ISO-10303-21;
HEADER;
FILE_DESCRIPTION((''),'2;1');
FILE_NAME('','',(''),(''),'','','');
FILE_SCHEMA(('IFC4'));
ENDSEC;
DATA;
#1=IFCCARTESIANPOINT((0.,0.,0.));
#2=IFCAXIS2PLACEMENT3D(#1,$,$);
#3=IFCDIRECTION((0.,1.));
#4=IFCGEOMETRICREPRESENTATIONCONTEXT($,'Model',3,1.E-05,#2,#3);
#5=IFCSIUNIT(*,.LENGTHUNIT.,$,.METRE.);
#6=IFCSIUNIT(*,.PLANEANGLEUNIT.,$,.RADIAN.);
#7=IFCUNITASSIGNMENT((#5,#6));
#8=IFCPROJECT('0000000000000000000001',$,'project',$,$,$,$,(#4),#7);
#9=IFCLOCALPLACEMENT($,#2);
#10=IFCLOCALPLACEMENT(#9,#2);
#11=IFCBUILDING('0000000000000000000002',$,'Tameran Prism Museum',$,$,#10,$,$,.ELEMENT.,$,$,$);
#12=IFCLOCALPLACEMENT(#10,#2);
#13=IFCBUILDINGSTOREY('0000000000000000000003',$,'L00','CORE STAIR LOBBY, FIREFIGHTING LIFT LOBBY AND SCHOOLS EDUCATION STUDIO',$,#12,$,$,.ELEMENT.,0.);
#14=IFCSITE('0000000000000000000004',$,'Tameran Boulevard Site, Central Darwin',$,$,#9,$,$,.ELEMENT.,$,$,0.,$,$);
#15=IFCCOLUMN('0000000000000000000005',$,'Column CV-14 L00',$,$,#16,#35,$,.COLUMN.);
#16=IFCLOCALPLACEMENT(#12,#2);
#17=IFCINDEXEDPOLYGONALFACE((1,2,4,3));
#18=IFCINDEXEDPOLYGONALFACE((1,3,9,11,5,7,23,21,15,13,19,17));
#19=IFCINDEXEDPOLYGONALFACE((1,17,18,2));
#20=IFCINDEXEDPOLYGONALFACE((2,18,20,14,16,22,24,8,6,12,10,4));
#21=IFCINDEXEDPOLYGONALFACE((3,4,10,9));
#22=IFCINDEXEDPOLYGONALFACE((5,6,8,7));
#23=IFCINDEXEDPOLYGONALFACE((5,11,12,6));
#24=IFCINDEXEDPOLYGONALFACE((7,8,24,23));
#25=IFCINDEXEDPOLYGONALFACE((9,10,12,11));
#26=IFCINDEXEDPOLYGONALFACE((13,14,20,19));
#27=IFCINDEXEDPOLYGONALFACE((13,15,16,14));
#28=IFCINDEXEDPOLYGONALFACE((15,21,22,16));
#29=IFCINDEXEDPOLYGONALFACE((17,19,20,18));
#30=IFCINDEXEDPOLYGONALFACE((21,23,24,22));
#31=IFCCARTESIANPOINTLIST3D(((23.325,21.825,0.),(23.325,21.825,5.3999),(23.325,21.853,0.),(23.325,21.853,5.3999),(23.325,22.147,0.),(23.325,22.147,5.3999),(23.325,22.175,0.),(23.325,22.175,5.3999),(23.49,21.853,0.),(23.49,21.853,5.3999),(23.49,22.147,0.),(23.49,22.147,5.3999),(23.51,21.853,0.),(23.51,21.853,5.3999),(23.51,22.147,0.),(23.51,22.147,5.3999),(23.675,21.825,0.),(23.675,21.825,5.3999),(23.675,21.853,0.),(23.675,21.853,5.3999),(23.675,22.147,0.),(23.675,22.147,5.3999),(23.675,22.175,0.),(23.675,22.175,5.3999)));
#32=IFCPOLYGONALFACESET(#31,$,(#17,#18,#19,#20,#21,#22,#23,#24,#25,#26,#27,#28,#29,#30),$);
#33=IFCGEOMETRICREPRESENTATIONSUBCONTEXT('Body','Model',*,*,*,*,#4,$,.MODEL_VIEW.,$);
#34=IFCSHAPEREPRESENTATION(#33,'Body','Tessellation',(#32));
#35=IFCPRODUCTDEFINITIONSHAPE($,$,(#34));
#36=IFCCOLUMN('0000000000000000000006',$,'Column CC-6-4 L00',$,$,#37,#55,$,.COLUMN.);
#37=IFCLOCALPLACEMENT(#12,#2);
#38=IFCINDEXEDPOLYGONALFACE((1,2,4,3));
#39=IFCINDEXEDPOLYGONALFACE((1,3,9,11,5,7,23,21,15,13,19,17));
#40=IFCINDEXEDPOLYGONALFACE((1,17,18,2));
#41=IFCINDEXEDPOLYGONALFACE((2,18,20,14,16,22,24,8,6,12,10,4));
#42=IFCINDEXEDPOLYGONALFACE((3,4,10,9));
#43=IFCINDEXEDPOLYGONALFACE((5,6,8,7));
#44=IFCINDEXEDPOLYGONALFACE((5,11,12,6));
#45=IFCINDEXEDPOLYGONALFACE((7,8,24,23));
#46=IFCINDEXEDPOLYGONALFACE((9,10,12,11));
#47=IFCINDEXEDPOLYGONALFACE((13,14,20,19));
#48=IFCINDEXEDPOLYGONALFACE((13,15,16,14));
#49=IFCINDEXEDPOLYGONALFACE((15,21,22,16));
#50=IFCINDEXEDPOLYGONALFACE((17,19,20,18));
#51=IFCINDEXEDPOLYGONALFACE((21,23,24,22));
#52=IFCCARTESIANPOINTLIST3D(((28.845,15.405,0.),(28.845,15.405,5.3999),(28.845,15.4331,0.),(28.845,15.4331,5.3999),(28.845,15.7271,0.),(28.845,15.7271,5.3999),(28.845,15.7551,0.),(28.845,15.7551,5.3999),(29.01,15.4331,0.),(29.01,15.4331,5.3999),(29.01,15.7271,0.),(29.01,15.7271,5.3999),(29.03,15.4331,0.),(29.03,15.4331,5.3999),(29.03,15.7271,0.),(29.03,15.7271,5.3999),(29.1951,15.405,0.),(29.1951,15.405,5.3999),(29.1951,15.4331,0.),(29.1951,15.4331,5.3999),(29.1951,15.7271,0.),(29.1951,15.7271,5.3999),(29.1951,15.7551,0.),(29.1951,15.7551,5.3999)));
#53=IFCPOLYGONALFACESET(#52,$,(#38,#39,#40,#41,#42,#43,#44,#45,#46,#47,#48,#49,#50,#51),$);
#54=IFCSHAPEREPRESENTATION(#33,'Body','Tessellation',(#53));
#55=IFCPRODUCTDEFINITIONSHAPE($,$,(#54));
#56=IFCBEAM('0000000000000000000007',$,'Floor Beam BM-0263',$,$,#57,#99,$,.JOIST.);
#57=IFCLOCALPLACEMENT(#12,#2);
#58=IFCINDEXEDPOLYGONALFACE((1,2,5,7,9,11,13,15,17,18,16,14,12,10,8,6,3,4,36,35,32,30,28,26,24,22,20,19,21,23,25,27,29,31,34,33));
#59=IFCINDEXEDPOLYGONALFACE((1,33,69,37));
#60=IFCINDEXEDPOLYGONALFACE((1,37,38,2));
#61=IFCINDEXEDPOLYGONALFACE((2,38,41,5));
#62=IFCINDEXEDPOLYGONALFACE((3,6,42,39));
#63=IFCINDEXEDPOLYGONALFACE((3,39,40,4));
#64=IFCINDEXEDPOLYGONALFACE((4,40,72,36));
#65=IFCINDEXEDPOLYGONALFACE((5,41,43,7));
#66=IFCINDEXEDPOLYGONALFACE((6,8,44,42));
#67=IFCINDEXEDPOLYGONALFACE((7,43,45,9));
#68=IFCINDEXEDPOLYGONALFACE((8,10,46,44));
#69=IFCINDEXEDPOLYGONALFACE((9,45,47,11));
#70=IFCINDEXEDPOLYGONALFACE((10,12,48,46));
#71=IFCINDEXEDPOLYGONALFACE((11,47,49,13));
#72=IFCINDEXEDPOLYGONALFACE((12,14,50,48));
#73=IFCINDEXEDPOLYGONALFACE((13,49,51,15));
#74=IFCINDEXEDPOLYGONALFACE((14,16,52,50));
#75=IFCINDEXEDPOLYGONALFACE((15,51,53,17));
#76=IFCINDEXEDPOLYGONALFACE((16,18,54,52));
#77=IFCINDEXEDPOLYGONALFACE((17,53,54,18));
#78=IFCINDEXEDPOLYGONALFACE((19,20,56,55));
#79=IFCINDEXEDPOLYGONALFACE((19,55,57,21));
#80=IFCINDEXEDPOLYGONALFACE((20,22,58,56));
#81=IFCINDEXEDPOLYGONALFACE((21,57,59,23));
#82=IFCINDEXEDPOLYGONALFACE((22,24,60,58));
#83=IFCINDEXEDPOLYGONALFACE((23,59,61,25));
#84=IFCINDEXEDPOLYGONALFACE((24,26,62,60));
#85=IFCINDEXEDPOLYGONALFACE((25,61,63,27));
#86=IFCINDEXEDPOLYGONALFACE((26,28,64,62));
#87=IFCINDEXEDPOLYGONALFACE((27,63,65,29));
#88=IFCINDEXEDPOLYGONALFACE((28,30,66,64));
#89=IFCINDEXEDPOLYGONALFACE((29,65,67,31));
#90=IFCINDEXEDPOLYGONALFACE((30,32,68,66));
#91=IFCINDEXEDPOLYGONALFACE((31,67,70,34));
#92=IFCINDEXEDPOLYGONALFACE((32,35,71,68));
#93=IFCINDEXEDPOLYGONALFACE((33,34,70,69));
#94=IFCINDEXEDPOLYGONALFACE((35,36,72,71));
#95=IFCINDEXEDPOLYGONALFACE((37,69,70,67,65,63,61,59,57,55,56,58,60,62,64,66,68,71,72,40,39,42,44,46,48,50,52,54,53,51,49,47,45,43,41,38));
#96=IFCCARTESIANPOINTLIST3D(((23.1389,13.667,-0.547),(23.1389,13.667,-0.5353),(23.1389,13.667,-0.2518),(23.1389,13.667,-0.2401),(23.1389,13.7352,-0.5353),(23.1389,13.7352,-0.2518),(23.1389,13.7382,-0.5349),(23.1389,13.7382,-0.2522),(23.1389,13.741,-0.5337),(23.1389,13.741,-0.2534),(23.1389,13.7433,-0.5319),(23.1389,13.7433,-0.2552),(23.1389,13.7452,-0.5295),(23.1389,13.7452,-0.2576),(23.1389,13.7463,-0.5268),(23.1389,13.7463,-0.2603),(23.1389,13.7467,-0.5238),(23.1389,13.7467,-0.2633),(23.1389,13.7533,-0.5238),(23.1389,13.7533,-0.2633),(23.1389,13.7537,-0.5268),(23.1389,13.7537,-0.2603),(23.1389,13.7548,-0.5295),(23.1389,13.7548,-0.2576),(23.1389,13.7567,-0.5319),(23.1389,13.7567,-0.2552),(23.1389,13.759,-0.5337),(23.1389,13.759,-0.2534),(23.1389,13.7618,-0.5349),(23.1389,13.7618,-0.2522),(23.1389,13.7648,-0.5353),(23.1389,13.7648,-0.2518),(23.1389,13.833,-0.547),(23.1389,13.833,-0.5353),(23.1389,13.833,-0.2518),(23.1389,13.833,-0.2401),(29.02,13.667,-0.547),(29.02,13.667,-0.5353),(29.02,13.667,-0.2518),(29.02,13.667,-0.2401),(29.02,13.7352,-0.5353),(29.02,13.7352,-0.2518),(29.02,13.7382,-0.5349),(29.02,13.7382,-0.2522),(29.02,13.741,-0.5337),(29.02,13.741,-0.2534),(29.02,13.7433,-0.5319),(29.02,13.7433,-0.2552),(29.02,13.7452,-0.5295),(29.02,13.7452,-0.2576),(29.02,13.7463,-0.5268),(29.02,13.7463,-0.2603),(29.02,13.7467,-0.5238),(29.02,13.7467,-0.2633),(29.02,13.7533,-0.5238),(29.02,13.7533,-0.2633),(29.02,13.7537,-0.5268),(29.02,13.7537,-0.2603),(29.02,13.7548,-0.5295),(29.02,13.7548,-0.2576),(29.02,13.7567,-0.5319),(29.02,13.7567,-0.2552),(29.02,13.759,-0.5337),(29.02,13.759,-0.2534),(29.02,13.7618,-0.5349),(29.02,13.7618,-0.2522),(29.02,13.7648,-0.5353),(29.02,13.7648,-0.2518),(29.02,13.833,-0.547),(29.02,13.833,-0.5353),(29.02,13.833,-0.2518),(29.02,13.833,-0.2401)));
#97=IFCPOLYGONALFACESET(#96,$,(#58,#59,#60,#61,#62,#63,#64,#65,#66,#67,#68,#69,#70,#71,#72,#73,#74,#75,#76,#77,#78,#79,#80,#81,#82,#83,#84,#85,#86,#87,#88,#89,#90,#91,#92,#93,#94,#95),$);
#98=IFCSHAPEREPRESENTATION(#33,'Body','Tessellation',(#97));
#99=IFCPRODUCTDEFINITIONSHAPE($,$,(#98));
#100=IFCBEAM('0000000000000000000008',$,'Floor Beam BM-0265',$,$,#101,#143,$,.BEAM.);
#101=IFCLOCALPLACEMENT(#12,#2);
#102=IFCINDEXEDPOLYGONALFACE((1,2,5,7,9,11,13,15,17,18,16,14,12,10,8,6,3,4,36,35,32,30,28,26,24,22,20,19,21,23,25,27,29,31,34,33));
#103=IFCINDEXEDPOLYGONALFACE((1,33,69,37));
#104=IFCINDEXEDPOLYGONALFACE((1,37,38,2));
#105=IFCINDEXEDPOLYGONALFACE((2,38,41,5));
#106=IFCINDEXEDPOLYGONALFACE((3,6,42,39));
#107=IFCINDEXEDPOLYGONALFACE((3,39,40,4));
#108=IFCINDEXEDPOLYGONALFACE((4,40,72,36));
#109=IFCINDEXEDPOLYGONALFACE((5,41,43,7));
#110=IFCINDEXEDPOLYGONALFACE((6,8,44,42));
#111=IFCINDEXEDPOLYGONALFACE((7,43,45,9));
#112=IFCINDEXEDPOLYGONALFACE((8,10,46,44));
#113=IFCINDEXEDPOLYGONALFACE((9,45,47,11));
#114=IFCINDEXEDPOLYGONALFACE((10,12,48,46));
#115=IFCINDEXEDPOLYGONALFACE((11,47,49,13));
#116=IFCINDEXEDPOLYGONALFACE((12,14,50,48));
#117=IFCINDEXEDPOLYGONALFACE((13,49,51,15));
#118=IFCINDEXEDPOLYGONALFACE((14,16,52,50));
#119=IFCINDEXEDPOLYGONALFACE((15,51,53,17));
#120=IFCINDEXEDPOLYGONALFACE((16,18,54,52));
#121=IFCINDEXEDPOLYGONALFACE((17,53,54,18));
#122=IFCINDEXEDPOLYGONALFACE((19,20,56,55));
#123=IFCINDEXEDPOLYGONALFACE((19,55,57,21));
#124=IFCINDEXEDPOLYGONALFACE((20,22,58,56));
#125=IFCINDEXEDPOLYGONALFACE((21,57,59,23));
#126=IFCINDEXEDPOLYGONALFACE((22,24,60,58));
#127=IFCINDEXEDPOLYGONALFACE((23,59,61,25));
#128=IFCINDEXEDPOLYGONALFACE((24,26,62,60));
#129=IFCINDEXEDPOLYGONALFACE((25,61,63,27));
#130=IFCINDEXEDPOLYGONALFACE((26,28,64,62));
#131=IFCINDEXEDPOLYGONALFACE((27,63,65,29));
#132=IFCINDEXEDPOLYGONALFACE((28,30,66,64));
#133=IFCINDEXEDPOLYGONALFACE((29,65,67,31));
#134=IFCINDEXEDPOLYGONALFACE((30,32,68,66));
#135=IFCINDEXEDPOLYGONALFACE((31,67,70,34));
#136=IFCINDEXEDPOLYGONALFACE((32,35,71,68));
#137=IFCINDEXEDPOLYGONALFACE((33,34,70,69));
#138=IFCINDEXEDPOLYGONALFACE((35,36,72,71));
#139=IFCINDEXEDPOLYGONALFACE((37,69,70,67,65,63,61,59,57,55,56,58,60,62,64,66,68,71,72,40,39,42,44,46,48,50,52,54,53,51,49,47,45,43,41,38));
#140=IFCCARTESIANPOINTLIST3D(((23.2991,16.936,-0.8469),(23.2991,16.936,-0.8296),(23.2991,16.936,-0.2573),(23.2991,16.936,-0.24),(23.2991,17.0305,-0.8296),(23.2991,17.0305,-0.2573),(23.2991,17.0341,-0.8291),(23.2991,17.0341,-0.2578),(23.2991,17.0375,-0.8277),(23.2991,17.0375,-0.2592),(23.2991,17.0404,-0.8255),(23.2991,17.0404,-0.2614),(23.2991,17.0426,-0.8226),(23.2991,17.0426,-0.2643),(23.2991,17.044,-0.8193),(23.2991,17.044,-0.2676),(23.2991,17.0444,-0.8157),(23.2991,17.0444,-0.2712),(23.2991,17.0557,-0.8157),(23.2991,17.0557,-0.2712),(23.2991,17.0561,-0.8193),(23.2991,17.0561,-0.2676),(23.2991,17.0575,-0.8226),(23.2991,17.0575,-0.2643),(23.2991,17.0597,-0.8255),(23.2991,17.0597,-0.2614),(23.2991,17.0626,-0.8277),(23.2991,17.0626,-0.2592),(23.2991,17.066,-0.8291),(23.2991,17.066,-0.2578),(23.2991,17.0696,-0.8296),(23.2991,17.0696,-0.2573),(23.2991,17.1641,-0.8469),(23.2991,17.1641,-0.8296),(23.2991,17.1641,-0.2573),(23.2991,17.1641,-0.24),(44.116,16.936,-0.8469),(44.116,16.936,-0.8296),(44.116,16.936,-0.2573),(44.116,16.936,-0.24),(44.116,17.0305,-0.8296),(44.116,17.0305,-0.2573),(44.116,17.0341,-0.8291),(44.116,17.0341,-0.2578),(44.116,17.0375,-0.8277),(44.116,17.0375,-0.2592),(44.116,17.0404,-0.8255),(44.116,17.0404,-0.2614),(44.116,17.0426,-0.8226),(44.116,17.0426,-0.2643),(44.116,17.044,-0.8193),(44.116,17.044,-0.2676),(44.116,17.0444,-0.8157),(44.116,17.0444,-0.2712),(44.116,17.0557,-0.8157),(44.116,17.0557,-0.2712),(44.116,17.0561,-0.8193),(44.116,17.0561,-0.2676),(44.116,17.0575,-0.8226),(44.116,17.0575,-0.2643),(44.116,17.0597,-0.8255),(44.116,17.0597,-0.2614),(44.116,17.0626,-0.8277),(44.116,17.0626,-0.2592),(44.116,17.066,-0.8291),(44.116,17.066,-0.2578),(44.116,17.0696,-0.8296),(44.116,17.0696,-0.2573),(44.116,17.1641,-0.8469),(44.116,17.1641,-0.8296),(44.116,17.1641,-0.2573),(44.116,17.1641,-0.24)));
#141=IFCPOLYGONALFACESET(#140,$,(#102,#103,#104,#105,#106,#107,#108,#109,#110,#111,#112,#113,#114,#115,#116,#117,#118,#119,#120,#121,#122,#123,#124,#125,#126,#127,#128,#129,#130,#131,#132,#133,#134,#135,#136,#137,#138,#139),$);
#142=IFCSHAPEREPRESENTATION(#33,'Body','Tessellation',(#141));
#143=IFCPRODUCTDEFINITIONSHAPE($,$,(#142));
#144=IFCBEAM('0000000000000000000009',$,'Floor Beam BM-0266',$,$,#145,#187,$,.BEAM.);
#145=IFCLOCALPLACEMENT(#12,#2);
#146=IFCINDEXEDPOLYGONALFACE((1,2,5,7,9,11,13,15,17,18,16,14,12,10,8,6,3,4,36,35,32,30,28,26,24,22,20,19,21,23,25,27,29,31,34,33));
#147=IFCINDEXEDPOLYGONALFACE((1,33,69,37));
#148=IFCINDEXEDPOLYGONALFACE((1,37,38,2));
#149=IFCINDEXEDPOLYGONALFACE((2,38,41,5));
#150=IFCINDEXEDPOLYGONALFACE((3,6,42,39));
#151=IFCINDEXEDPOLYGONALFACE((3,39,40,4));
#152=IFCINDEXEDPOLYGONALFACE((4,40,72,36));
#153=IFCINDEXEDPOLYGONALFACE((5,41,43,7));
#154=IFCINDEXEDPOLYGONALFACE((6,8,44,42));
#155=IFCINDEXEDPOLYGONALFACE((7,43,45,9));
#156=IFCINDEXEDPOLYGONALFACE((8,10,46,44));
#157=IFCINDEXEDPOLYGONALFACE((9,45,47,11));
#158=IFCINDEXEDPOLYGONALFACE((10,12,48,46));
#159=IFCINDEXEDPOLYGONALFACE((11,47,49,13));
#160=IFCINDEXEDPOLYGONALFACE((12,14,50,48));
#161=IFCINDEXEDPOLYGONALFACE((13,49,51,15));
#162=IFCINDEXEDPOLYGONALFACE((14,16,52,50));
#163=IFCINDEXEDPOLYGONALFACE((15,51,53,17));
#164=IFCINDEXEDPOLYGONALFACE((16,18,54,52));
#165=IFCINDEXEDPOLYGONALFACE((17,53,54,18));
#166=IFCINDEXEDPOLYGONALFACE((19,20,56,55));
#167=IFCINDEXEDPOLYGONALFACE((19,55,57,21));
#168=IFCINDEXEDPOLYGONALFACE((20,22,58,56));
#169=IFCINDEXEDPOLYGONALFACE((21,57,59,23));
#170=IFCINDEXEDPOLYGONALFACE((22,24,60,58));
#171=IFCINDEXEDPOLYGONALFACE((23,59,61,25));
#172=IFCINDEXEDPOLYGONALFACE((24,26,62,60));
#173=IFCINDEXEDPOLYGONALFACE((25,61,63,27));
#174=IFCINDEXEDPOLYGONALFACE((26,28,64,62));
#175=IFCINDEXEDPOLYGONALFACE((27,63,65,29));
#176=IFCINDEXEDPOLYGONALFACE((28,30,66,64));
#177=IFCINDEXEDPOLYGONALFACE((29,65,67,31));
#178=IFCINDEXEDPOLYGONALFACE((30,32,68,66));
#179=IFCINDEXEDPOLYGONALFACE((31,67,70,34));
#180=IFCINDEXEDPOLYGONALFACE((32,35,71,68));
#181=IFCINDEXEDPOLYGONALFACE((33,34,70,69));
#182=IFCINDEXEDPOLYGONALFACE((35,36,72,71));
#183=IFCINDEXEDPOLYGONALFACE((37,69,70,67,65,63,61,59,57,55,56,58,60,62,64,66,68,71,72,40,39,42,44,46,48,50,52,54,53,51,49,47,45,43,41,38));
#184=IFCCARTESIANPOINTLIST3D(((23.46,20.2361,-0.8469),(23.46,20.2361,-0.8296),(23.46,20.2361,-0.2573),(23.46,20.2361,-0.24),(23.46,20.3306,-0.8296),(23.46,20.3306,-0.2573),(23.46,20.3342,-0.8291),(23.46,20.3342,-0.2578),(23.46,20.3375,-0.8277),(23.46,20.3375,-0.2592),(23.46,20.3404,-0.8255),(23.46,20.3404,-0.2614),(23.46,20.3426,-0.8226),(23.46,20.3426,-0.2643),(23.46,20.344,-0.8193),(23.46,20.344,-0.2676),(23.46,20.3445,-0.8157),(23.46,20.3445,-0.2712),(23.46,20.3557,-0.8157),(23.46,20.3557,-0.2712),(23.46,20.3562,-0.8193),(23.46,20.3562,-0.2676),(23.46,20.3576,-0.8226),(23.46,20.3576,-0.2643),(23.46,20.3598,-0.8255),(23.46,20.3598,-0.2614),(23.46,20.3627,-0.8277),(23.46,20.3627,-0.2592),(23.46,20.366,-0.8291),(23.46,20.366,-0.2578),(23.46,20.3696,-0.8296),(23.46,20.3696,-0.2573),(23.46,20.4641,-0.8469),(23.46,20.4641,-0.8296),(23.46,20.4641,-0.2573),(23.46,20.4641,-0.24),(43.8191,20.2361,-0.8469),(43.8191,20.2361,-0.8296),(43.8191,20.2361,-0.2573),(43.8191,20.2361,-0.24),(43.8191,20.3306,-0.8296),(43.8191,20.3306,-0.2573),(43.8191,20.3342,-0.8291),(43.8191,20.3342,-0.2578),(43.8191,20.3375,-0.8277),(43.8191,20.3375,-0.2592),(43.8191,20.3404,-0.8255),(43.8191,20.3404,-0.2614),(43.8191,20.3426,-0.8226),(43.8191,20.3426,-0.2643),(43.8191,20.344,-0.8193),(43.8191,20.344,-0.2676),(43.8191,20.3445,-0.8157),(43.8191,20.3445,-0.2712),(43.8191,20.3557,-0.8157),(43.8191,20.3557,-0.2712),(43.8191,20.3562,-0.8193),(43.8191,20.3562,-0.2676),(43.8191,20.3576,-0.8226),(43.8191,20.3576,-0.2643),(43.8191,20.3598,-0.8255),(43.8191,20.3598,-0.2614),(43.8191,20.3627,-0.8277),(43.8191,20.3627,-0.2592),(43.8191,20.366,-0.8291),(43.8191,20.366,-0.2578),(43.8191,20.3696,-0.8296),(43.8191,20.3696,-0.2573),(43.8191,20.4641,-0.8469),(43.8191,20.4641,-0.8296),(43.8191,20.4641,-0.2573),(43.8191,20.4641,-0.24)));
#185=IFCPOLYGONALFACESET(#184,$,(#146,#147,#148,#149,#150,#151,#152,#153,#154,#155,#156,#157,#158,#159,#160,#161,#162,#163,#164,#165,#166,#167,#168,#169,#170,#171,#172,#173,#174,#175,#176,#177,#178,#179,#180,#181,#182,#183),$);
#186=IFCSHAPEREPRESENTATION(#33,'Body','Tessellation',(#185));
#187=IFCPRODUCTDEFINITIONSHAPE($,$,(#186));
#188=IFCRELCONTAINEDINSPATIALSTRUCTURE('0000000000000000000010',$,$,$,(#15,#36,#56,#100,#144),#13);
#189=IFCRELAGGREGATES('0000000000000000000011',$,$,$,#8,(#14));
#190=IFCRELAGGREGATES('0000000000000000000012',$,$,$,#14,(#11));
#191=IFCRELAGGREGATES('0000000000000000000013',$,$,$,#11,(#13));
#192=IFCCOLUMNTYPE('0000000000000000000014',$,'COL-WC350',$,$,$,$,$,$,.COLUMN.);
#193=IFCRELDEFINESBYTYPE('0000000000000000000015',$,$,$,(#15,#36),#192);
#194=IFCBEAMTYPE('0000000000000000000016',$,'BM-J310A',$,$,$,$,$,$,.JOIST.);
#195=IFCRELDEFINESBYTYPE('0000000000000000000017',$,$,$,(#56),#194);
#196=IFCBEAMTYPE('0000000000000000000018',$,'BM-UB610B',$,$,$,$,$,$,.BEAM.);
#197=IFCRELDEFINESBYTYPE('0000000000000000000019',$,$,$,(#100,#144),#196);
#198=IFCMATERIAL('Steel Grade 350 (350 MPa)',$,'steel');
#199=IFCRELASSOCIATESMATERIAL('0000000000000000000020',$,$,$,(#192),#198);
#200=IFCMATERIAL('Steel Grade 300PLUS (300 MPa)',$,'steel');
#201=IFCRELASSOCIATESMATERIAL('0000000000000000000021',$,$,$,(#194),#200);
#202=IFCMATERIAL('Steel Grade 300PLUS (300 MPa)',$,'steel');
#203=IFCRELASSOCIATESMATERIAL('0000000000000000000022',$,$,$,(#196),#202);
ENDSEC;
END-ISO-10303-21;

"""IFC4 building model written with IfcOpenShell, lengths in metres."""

from ifc_helpers import new_model, si_unit, direction, frame, origin, origin_2d, place, context, subcontext, project, spatial, i_section, extrude, material, material_profile, profile_set, type_object, element, save


model = new_model("IFC4")

# Units and contexts
model_context = context("Model", 3, precision=1e-05, world=origin(), true_north=direction((0.0, 1.0)))
body_context = subcontext(model_context, "Body", "Model", "MODEL_VIEW")
ifc_project = project(units=[si_unit("LENGTHUNIT", "METRE"), si_unit("PLANEANGLEUNIT", "RADIAN")], contexts=[model_context])

# Site, building, storey
site_placement = place(None, origin())
site = spatial("IfcSite", under=ifc_project, at=site_placement, Name="Tameran Boulevard Site, Central Darwin", CompositionType="ELEMENT", RefElevation=0.0)
building_placement = place(site_placement, origin())
building = spatial("IfcBuilding", under=site, at=building_placement, Name="Tameran Prism Museum", CompositionType="ELEMENT")
storey_placement = place(building_placement, origin())
storey = spatial("IfcBuildingStorey", under=building, at=storey_placement, Name="L00", Description="CORE STAIR LOBBY, FIREFIGHTING LIFT LOBBY AND SCHOOLS EDUCATION STUDIO", CompositionType="ELEMENT", Elevation=0.0)

# Columns
ifc_material_1 = material(Name="Steel Grade 350 (350 MPa)", Category="steel")
ifc_material_profile_1 = material_profile(ifc_material_1, i_section(OverallWidth=0.3501, OverallDepth=0.3501, WebThickness=0.02, FlangeThickness=0.0281, at=origin_2d()))
ifc_profile_set_1 = profile_set([ifc_material_profile_1])
column_type_1 = type_object("IfcColumnType", Name="COL-WC350", PredefinedType="COLUMN", material=ifc_profile_set_1)
for number, where, z_axis, x_axis, name in (
    (1, (23.5, 22.0, 0.0), (0.0, 0.0, 1.0), (1.0, 0.0, 0.0), "Column CV-14 L00"),
    (2, (29.02, 15.5801, 0.0), (0.0, 0.0, 1.0), (1.0, 0.0, 0.0), "Column CC-6-4 L00"),
):
    element("IfcColumn", number, at=place(storey_placement, frame(where, z_axis=z_axis, x_axis=x_axis)), inside=storey, type_object=column_type_1, Name=name, PredefinedType="COLUMN", context=body_context, shape_type="SweptSolid", body=[
        extrude(i_section(OverallWidth=0.3501, OverallDepth=0.3501, WebThickness=0.02, FlangeThickness=0.0281, at=origin_2d()), origin(), (0.0, 0.0, 1.0), 5.3999),
    ])

# Beams
ifc_material_2 = material(Name="Steel Grade 300PLUS (300 MPa)", Category="steel")
ifc_material_profile_2 = material_profile(ifc_material_2, i_section(OverallWidth=0.166, OverallDepth=0.3069, WebThickness=0.0066, FlangeThickness=0.0117, FilletRadius=0.0115, at=origin_2d()))
ifc_profile_set_2 = profile_set([ifc_material_profile_2])
beam_type_1 = type_object("IfcBeamType", Name="BM-J310A", PredefinedType="JOIST", material=ifc_profile_set_2)
beam_1_placement = place(storey_placement, frame((23.1389, 13.75, -0.3936), z_axis=(1.0, 0.0, 0.0), x_axis=(0.0, 1.0, 0.0)))
element("IfcBeam", 3, at=beam_1_placement, inside=storey, type_object=beam_type_1, Name="Floor Beam BM-0263", PredefinedType="JOIST", context=body_context, shape_type="SweptSolid", body=[
    extrude(i_section(OverallWidth=0.166, OverallDepth=0.3069, WebThickness=0.0066, FlangeThickness=0.0117, FilletRadius=0.0115, at=origin_2d()), origin(), (0.0, 0.0, 1.0), 5.8811),
])
ifc_material_3 = material(Name="Steel Grade 300PLUS (300 MPa)", Category="steel")
ifc_material_profile_3 = material_profile(ifc_material_3, i_section(OverallWidth=0.228, OverallDepth=0.6069, WebThickness=0.0112, FlangeThickness=0.0173, FilletRadius=0.0139, at=origin_2d()))
ifc_profile_set_3 = profile_set([ifc_material_profile_3])
beam_type_2 = type_object("IfcBeamType", Name="BM-UB610B", PredefinedType="BEAM", material=ifc_profile_set_3)
beam_2_placement = place(storey_placement, frame((23.2991, 17.05, -0.5435), z_axis=(1.0, 0.0, 0.0), x_axis=(0.0, 1.0, 0.0)))
element("IfcBeam", 4, at=beam_2_placement, inside=storey, type_object=beam_type_2, Name="Floor Beam BM-0265", PredefinedType="BEAM", context=body_context, shape_type="SweptSolid", body=[
    extrude(i_section(OverallWidth=0.228, OverallDepth=0.6069, WebThickness=0.0112, FlangeThickness=0.0173, FilletRadius=0.0139, at=origin_2d()), origin(), (0.0, 0.0, 1.0), 20.8169),
])
beam_3_placement = place(storey_placement, frame((23.46, 20.3501, -0.5435), z_axis=(1.0, 0.0, 0.0), x_axis=(0.0, 1.0, 0.0)))
element("IfcBeam", 5, at=beam_3_placement, inside=storey, type_object=beam_type_2, Name="Floor Beam BM-0266", PredefinedType="BEAM", context=body_context, shape_type="SweptSolid", body=[
    extrude(i_section(OverallWidth=0.228, OverallDepth=0.6069, WebThickness=0.0112, FlangeThickness=0.0173, FilletRadius=0.0139, at=origin_2d()), origin(), (0.0, 0.0, 1.0), 20.3591),
])

save(model, "model.ifc")
